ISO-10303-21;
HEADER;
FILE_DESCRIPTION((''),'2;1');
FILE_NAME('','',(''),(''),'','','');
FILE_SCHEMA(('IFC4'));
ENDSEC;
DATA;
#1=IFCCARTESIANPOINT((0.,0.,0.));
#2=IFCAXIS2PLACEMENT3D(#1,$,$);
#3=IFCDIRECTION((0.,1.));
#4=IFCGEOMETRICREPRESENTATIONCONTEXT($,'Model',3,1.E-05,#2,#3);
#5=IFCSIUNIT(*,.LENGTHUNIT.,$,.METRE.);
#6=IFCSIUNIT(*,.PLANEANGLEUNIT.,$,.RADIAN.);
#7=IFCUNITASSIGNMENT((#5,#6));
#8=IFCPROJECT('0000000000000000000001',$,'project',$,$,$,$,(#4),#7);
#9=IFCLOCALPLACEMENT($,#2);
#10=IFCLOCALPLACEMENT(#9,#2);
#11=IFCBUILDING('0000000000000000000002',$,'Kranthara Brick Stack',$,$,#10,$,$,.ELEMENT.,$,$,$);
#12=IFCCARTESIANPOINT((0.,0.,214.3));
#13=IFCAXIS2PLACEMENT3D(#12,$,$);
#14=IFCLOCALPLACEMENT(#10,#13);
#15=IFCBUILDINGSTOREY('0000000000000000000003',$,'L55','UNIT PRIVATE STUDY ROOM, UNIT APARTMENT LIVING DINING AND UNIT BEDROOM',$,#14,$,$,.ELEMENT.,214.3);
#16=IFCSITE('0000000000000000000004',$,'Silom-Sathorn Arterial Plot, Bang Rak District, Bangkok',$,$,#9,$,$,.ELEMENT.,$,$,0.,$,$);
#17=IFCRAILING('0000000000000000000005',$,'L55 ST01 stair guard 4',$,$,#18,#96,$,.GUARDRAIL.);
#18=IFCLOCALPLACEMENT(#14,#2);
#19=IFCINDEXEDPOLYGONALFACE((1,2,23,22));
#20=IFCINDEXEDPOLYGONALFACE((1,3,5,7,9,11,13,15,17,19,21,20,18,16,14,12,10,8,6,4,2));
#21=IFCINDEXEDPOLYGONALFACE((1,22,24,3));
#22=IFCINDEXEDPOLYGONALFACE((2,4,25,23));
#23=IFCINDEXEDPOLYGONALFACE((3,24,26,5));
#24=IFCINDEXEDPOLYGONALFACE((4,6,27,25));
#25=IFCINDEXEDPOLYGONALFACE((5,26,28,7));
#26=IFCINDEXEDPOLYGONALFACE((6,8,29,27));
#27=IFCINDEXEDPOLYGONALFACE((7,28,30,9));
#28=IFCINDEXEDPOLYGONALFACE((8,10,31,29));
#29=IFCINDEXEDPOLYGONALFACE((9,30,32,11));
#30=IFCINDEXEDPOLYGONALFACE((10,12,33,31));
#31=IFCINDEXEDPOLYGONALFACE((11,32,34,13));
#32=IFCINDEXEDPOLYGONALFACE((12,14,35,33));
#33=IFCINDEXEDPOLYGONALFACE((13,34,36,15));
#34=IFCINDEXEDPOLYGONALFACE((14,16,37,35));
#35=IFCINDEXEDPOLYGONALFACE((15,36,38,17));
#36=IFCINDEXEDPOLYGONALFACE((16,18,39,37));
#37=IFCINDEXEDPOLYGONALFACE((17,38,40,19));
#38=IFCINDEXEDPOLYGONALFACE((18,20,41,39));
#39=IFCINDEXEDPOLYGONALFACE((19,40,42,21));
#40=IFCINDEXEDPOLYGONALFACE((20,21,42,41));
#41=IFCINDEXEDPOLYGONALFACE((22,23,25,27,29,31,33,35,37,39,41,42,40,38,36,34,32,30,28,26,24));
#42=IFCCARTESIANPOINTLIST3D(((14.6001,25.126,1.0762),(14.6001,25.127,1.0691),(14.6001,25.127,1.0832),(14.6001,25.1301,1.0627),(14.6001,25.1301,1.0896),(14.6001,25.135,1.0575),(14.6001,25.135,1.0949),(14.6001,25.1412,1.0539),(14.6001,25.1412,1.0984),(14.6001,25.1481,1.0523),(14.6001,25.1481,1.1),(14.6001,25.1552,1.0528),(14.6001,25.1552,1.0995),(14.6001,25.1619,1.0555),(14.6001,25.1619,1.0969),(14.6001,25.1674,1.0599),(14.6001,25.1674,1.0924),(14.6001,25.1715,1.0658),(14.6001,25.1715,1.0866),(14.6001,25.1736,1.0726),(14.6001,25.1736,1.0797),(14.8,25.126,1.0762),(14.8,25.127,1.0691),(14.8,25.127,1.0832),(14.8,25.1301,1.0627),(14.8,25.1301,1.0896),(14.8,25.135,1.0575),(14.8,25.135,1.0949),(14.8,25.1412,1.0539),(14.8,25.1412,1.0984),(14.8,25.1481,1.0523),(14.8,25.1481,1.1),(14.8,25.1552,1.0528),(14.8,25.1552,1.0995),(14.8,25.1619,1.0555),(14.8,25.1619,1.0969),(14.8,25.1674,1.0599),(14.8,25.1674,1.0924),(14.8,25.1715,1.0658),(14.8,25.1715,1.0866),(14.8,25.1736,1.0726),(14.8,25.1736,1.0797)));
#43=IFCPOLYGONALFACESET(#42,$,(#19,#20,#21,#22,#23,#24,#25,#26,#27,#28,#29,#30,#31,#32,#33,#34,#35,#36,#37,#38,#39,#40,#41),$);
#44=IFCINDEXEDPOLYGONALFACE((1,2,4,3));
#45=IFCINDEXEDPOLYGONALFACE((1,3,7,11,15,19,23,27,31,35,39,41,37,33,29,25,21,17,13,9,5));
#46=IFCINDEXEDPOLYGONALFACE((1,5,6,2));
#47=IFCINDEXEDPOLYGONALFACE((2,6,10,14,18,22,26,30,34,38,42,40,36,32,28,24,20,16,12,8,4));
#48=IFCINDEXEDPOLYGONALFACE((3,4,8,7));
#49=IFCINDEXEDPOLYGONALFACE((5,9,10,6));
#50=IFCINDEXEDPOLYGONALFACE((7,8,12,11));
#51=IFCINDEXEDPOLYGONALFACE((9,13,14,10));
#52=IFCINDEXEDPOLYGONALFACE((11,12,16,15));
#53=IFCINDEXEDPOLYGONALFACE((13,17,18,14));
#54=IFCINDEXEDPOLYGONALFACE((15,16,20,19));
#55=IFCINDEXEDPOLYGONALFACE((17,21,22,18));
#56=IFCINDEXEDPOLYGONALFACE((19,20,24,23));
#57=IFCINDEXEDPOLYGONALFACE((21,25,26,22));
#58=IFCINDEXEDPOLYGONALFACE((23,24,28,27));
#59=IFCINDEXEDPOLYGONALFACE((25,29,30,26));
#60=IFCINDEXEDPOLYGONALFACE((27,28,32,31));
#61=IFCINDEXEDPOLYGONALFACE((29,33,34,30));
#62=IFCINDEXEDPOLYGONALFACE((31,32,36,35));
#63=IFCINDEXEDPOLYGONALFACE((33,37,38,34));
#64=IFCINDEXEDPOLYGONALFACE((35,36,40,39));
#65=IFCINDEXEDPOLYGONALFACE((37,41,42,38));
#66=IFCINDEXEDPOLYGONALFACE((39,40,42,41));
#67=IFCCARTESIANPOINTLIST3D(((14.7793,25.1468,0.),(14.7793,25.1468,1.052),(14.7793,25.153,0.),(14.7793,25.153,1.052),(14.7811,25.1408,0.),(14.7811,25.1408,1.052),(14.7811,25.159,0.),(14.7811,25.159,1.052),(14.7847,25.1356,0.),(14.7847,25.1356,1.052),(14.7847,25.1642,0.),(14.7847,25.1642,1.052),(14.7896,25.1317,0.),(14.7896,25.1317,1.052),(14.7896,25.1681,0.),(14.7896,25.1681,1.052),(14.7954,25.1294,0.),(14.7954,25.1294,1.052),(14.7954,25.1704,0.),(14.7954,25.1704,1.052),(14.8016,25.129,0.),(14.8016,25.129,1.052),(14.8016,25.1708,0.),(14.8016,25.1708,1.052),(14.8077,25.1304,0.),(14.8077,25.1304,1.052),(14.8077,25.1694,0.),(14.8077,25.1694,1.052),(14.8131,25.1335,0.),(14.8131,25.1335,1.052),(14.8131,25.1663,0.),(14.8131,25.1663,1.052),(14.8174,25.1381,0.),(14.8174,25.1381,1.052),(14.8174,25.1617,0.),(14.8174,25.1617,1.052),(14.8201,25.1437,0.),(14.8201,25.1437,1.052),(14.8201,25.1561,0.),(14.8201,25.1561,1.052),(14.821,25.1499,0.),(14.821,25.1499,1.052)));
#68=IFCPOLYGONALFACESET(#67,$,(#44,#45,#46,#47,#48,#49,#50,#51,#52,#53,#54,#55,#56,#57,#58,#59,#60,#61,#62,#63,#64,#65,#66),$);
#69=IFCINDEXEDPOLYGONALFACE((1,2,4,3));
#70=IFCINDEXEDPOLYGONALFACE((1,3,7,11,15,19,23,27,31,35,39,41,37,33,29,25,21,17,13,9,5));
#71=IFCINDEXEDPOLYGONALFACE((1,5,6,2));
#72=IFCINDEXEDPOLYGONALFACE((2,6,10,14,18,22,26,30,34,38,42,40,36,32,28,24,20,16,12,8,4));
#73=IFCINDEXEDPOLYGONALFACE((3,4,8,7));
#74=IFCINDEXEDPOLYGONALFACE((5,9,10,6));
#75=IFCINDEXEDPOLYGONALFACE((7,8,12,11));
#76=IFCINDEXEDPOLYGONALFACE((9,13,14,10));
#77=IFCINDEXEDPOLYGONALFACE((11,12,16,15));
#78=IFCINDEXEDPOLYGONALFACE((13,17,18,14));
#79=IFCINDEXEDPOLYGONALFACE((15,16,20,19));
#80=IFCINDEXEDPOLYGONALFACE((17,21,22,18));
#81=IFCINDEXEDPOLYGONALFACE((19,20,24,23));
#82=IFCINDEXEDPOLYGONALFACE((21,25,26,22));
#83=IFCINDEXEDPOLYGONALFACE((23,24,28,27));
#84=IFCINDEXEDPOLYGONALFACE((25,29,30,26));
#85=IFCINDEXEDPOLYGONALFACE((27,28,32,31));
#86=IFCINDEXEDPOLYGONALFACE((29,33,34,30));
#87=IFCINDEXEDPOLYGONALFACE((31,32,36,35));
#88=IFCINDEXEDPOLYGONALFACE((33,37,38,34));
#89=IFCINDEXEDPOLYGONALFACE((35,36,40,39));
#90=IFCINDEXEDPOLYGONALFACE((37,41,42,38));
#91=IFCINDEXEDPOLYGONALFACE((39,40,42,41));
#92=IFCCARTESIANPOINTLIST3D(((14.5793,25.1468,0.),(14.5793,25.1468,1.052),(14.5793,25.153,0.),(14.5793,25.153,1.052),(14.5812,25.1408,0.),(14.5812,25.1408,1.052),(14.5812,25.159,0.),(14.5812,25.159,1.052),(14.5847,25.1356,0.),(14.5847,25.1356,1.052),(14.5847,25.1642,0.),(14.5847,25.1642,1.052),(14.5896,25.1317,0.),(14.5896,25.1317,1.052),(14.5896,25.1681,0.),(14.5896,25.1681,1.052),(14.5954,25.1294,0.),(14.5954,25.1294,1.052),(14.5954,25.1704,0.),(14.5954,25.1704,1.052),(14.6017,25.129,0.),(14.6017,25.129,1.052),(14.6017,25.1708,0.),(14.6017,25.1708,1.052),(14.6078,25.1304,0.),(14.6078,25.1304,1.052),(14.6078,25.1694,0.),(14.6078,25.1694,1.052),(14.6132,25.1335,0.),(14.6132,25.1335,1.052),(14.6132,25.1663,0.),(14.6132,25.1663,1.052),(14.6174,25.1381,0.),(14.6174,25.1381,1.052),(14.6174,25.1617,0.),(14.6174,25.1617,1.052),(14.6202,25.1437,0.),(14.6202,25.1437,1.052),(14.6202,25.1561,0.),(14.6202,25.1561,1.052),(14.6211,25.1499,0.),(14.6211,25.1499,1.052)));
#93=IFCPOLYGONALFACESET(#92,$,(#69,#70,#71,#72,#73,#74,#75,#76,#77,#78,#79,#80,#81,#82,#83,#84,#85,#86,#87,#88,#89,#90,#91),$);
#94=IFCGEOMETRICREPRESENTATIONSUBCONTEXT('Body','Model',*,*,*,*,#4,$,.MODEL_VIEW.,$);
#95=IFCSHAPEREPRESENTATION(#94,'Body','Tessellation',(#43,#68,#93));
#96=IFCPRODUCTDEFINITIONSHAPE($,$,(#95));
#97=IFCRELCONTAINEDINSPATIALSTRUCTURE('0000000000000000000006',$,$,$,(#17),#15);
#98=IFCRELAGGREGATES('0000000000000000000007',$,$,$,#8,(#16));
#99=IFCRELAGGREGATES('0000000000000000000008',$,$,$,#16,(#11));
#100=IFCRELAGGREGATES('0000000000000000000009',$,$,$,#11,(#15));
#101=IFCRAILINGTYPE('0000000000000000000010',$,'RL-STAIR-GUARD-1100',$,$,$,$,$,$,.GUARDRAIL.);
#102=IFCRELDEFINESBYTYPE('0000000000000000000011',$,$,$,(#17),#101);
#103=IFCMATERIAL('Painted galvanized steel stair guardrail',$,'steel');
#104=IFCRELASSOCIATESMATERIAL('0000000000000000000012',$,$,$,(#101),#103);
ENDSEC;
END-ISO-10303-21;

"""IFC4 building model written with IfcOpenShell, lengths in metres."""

from ifc_helpers import new_model, si_unit, direction, frame, origin, origin_2d, place, context, subcontext, project, spatial, circle, extrude, material, type_object, element, save


model = new_model("IFC4")

# Units and contexts
model_context = context("Model", 3, precision=1e-05, world=origin(), true_north=direction((0.0, 1.0)))
body_context = subcontext(model_context, "Body", "Model", "MODEL_VIEW")
ifc_project = project(units=[si_unit("LENGTHUNIT", "METRE"), si_unit("PLANEANGLEUNIT", "RADIAN")], contexts=[model_context])

# Site, building, storey
site_placement = place(None, origin())
site = spatial("IfcSite", under=ifc_project, at=site_placement, Name="Silom-Sathorn Arterial Plot, Bang Rak District, Bangkok", CompositionType="ELEMENT", RefElevation=0.0)
building_placement = place(site_placement, origin())
building = spatial("IfcBuilding", under=site, at=building_placement, Name="Kranthara Brick Stack", CompositionType="ELEMENT")
storey_placement = place(building_placement, frame((0.0, 0.0, 214.3)))
storey = spatial("IfcBuildingStorey", under=building, at=storey_placement, Name="L55", Description="UNIT PRIVATE STUDY ROOM, UNIT APARTMENT LIVING DINING AND UNIT BEDROOM", CompositionType="ELEMENT", Elevation=214.3)

# Railing
ifc_material_1 = material(Name="Painted galvanized steel stair guardrail", Category="steel")
railing_type_1 = type_object("IfcRailingType", Name="RL-STAIR-GUARD-1100", PredefinedType="GUARDRAIL", material=ifc_material_1)
railing_1_placement = place(storey_placement, frame((14.8, 25.1499, 0.0)))
element("IfcRailing", 1, at=railing_1_placement, inside=storey, type_object=railing_type_1, Name="L55 ST01 stair guard 4", PredefinedType="GUARDRAIL", context=body_context, shape_type="SweptSolid", body=[
    extrude(circle(Radius=0.0239, at=origin_2d()), frame((0.0, 0.0, 1.0762), z_axis=(-1.0, 0.0, 0.0), x_axis=(0.0, -1.0, 0.0)), (0.0, 0.0, 1.0), 0.2),
    extrude(circle(Radius=0.021, at=origin_2d()), origin(), (0.0, 0.0, 1.0), 1.052),
    extrude(circle(Radius=0.021, at=origin_2d()), frame((-0.2, 0.0, 0.0)), (0.0, 0.0, 1.0), 1.052),
])

save(model, "model.ifc")
